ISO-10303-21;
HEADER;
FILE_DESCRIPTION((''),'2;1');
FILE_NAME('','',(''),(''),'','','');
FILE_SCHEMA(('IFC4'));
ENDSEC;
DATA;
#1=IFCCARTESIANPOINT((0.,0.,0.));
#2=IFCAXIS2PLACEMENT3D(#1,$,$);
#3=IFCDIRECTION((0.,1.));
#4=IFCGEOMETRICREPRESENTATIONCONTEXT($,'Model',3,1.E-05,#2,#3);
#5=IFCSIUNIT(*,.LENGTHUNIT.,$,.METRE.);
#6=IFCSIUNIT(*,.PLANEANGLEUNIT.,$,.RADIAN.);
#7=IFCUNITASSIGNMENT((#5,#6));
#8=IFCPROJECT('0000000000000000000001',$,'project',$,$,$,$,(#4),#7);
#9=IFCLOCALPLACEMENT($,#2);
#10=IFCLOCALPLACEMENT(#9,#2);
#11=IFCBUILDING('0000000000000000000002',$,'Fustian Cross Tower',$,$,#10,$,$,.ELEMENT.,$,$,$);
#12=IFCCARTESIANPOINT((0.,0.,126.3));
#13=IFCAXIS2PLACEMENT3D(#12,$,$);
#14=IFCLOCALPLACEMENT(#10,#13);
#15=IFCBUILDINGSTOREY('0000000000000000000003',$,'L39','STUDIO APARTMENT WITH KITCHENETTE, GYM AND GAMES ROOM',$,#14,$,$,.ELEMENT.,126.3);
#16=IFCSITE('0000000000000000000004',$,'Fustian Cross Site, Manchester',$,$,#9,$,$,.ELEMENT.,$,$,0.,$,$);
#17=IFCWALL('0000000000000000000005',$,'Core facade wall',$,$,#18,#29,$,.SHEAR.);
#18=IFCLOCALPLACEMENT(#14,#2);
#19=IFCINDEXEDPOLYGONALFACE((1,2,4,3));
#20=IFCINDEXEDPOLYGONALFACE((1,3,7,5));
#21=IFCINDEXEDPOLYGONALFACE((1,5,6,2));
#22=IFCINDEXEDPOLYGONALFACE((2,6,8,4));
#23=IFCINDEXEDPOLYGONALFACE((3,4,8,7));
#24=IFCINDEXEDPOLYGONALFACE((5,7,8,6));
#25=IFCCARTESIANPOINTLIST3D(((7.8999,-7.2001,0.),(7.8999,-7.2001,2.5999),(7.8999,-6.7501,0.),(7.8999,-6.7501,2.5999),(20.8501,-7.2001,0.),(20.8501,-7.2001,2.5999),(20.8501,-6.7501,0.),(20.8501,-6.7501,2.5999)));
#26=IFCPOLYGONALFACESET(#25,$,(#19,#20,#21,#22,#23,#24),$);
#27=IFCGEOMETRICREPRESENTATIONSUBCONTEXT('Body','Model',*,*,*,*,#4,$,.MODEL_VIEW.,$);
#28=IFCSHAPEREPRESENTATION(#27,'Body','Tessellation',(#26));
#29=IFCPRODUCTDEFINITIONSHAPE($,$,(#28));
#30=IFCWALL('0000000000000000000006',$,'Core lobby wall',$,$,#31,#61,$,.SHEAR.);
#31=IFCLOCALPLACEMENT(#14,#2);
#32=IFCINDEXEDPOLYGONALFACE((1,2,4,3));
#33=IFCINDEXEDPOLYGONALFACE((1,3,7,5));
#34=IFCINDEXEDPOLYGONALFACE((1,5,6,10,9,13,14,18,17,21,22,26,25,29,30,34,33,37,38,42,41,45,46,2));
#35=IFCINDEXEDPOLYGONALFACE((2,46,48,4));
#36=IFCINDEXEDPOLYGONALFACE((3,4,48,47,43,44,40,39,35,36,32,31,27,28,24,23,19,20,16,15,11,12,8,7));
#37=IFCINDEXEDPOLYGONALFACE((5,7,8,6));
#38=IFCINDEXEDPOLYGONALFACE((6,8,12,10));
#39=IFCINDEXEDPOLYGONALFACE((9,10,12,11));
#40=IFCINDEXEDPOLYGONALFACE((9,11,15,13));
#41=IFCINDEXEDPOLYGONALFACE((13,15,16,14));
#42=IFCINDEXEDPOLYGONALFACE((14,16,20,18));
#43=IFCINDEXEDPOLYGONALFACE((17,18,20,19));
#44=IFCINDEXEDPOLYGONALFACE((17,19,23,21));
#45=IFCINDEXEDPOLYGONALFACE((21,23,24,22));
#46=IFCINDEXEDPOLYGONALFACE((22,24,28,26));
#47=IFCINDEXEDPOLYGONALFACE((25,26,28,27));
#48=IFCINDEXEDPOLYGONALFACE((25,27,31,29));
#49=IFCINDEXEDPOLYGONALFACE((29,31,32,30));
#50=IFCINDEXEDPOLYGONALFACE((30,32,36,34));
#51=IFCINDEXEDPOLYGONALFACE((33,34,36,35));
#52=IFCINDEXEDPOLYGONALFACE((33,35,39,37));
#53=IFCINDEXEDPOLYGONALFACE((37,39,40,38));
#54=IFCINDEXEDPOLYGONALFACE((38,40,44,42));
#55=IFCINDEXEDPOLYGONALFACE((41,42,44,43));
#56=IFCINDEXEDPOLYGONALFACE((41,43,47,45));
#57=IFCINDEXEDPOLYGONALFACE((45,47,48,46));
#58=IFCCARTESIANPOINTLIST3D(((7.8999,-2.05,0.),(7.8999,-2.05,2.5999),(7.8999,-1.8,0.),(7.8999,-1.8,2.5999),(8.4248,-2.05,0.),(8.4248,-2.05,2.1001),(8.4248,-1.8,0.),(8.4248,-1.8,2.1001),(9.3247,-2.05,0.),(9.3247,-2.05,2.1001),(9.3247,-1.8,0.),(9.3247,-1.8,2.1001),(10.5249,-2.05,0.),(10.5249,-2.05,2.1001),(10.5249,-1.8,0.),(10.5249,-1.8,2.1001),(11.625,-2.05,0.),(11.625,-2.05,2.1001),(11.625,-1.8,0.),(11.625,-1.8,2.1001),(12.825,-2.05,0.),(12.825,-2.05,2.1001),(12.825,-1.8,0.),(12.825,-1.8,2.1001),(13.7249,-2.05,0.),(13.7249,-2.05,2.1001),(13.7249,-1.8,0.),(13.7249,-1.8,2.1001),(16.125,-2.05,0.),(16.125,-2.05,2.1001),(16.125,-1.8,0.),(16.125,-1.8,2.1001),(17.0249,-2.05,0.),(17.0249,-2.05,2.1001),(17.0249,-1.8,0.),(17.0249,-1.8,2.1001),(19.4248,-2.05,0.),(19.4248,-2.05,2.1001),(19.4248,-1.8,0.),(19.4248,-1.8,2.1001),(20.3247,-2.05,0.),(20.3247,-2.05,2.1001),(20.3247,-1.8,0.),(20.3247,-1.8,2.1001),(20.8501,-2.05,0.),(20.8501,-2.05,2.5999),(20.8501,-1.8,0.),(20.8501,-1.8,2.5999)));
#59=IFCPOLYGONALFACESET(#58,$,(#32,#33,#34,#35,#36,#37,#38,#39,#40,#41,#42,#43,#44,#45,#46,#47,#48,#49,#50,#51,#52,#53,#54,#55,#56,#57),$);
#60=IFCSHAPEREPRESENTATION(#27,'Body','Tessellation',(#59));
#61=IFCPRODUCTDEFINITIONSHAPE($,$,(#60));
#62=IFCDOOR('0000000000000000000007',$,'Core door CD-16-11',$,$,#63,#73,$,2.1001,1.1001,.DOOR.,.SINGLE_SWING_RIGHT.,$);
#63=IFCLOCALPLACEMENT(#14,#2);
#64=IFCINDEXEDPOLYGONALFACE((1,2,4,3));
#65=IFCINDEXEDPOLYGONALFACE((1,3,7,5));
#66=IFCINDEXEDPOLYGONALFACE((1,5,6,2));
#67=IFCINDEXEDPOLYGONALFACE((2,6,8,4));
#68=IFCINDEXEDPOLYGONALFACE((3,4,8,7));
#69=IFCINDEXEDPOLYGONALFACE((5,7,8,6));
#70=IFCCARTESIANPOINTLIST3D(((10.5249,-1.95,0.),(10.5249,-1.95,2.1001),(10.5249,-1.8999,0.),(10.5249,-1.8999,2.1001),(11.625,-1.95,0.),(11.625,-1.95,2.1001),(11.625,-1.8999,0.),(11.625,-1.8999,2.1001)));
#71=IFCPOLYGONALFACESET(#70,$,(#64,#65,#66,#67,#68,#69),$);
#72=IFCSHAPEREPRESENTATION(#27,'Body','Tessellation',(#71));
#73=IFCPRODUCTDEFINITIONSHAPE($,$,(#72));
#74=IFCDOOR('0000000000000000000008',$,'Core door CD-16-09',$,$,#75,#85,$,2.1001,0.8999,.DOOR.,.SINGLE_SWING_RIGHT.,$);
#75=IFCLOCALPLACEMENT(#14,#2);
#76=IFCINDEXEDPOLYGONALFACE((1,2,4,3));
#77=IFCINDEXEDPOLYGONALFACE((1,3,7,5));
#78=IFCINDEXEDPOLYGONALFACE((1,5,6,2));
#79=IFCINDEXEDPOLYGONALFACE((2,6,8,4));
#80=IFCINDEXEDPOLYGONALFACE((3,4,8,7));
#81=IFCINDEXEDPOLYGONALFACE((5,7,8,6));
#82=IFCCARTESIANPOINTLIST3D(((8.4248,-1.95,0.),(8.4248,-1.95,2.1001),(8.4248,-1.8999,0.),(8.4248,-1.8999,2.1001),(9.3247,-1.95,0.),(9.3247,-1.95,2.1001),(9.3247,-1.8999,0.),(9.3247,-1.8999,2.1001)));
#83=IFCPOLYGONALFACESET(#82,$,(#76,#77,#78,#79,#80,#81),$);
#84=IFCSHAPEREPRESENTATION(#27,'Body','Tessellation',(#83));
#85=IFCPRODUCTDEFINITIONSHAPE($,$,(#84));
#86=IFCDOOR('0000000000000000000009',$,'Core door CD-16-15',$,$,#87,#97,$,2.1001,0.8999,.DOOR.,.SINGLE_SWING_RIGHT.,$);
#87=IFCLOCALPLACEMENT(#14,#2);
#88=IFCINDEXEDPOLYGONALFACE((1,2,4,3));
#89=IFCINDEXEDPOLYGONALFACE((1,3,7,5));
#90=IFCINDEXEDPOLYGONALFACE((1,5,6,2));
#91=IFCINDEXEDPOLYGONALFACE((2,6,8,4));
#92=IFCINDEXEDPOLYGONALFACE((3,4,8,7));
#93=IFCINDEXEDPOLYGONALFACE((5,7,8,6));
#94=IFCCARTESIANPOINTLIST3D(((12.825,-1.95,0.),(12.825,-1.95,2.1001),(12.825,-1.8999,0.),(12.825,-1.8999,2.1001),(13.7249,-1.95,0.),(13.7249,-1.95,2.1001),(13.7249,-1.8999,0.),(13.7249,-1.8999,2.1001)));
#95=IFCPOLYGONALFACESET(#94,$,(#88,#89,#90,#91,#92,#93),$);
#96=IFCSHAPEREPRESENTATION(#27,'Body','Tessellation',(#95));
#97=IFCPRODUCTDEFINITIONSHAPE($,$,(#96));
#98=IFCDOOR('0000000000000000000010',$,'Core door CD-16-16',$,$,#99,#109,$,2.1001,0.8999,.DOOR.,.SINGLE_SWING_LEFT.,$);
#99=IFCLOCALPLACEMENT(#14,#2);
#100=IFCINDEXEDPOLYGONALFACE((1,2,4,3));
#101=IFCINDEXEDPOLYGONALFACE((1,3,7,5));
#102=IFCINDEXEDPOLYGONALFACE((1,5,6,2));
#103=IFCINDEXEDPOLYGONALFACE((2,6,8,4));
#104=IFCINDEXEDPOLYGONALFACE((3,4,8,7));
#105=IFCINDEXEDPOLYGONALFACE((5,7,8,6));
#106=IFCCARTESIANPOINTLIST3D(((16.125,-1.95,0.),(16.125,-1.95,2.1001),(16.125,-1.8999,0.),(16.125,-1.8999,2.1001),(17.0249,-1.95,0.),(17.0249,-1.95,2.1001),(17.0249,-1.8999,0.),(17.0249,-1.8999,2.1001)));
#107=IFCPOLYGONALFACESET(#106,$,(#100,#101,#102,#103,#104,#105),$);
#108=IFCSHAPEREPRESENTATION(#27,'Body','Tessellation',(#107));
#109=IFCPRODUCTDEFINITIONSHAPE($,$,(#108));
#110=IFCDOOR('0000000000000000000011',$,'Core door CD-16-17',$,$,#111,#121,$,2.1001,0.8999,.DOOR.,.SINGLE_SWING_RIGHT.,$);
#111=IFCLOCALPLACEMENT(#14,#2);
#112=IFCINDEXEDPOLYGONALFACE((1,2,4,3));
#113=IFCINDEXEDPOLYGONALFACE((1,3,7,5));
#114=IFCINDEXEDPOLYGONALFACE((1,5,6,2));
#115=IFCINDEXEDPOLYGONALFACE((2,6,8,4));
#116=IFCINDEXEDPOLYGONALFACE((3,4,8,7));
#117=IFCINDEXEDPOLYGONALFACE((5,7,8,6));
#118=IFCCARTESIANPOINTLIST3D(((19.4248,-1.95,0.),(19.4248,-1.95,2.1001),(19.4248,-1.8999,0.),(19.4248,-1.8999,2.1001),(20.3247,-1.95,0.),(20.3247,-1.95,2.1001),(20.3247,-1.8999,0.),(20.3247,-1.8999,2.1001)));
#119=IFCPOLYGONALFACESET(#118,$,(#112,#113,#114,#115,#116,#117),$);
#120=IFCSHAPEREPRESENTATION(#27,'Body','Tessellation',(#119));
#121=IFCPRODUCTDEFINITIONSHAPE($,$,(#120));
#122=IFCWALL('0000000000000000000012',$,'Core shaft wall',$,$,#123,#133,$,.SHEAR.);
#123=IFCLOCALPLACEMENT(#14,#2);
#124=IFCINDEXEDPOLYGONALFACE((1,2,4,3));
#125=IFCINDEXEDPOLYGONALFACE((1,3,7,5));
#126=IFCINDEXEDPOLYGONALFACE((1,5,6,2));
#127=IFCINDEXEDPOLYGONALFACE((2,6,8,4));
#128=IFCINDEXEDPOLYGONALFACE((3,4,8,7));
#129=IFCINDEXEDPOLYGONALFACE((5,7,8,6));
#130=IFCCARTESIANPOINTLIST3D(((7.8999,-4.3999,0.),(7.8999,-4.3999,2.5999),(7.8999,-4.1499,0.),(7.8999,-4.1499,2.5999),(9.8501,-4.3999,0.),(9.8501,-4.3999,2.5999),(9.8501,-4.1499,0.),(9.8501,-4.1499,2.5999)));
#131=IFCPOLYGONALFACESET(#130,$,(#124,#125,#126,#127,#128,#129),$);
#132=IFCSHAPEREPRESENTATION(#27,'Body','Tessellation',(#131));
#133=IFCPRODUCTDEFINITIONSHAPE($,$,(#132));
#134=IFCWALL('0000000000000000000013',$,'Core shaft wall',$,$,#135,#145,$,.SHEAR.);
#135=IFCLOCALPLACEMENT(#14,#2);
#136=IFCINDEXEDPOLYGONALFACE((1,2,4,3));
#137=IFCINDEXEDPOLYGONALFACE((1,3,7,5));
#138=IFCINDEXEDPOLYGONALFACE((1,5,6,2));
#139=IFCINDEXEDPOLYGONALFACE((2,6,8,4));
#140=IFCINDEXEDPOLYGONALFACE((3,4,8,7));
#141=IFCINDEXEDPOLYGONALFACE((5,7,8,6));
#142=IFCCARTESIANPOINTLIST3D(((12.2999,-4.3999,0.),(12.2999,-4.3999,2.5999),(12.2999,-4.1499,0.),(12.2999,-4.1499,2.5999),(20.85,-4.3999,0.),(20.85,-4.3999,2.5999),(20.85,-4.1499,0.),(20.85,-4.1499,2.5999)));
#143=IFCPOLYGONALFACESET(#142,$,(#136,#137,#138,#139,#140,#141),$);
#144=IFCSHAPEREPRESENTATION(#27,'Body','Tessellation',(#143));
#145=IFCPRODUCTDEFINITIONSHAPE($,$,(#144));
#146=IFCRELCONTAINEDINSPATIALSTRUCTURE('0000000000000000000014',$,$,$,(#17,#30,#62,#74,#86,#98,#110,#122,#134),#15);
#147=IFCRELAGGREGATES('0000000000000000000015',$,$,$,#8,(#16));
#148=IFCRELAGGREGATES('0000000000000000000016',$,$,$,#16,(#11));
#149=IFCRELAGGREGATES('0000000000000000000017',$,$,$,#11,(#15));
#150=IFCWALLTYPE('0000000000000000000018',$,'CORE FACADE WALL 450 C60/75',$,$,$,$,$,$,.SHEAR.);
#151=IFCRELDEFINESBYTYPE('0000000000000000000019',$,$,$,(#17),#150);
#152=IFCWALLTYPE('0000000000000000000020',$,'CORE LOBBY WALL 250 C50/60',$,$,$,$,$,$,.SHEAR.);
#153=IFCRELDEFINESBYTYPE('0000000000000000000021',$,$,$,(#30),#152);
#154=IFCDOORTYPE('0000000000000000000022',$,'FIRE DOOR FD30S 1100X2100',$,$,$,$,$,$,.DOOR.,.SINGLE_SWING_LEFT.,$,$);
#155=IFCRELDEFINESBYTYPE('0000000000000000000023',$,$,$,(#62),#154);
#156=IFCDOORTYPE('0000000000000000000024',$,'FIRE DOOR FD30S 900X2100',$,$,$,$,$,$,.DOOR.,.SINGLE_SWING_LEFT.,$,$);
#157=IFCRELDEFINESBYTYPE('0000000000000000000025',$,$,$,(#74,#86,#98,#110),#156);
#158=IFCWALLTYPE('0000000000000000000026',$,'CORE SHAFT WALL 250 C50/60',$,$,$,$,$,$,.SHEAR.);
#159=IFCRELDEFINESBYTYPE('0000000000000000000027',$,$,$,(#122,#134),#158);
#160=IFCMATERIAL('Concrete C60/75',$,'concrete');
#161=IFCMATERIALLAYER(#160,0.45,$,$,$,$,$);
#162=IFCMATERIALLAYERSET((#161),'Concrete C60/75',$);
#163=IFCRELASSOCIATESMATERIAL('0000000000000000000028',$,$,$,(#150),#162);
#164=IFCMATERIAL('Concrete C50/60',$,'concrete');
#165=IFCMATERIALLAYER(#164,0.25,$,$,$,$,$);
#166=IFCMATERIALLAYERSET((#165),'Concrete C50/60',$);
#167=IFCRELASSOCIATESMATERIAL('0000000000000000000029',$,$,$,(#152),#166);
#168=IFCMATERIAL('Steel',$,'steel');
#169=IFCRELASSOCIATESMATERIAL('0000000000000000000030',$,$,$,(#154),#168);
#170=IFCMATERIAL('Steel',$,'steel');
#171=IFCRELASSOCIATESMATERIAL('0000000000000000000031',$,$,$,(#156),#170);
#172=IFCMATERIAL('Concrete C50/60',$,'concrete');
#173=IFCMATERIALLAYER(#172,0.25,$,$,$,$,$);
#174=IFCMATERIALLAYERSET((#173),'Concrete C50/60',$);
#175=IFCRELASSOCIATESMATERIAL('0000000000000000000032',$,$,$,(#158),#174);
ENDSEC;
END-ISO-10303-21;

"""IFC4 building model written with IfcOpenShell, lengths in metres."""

from ifc_helpers import new_model, si_unit, direction, frame, frame_2d, origin, place, context, subcontext, project, spatial, rectangle, extrude, material, layer, layer_set, type_object, element, fill, save


model = new_model("IFC4")

# Units and contexts
model_context = context("Model", 3, precision=1e-05, world=origin(), true_north=direction((0.0, 1.0)))
body_context = subcontext(model_context, "Body", "Model", "MODEL_VIEW")
ifc_project = project(units=[si_unit("LENGTHUNIT", "METRE"), si_unit("PLANEANGLEUNIT", "RADIAN")], contexts=[model_context])

# Site, building, storey
site_placement = place(None, origin())
site = spatial("IfcSite", under=ifc_project, at=site_placement, Name="Fustian Cross Site, Manchester", CompositionType="ELEMENT", RefElevation=0.0)
building_placement = place(site_placement, origin())
building = spatial("IfcBuilding", under=site, at=building_placement, Name="Fustian Cross Tower", CompositionType="ELEMENT")
storey_placement = place(building_placement, frame((0.0, 0.0, 126.3)))
storey = spatial("IfcBuildingStorey", under=building, at=storey_placement, Name="L39", Description="STUDIO APARTMENT WITH KITCHENETTE, GYM AND GAMES ROOM", CompositionType="ELEMENT", Elevation=126.3)

# Wall
ifc_material_1 = material(Name="Concrete C60/75", Category="concrete")
ifc_layer_1 = layer(ifc_material_1, 0.45)
ifc_layer_set_1 = layer_set([ifc_layer_1], Name="Concrete C60/75")
wall_type_1 = type_object("IfcWallType", Name="CORE FACADE WALL 450 C60/75", PredefinedType="SHEAR", material=ifc_layer_set_1)
wall_1_placement = place(storey_placement, frame((7.8999, -6.9751, 0.0), z_axis=(0.0, 0.0, 1.0), x_axis=(1.0, 0.0, 0.0)))
element("IfcWall", 1, at=wall_1_placement, inside=storey, type_object=wall_type_1, Name="Core facade wall", PredefinedType="SHEAR", context=body_context, shape_type="SweptSolid", body=[
    extrude(rectangle(XDim=12.9502, YDim=0.45, at=frame_2d((6.4751, 0.0))), origin(), (0.0, 0.0, 1.0), 2.5999),
])

# Wall, openings, doors
ifc_material_2 = material(Name="Concrete C50/60", Category="concrete")
ifc_layer_2 = layer(ifc_material_2, 0.25)
ifc_layer_set_2 = layer_set([ifc_layer_2], Name="Concrete C50/60")
wall_type_2 = type_object("IfcWallType", Name="CORE LOBBY WALL 250 C50/60", PredefinedType="SHEAR", material=ifc_layer_set_2)
wall_2_placement = place(storey_placement, frame((7.8999, -1.925, 0.0), z_axis=(0.0, 0.0, 1.0), x_axis=(1.0, 0.0, 0.0)))
wall_2 = element("IfcWall", 2, at=wall_2_placement, inside=storey, type_object=wall_type_2, Name="Core lobby wall", PredefinedType="SHEAR", context=body_context, shape_type="SweptSolid", body=[
    extrude(rectangle(XDim=12.9502, YDim=0.25, at=frame_2d((6.4751, 0.0))), origin(), (0.0, 0.0, 1.0), 2.5999),
])
opening_1_placement = place(wall_2_placement, frame((0.5249, 0.0, 0.0)))
opening_1 = element("IfcOpeningElement", 3, at=opening_1_placement, cuts=wall_2, PredefinedType="OPENING", context=body_context, shape_type="SweptSolid", body=[
    extrude(rectangle(XDim=0.8999, YDim=2.1001, at=frame_2d((0.45, 1.05))), frame((0.0, 0.135, 0.0), z_axis=(0.0, -1.0, 0.0), x_axis=(1.0, 0.0, 0.0)), (0.0, 0.0, 1.0), 0.27),
])
opening_2_placement = place(wall_2_placement, frame((2.625, 0.0, 0.0)))
opening_2 = element("IfcOpeningElement", 4, at=opening_2_placement, cuts=wall_2, PredefinedType="OPENING", context=body_context, shape_type="SweptSolid", body=[
    extrude(rectangle(XDim=1.1001, YDim=2.1001, at=frame_2d((0.55, 1.05))), frame((0.0, 0.135, 0.0), z_axis=(0.0, -1.0, 0.0), x_axis=(1.0, 0.0, 0.0)), (0.0, 0.0, 1.0), 0.27),
])
opening_3_placement = place(wall_2_placement, frame((4.925, 0.0, 0.0)))
opening_3 = element("IfcOpeningElement", 5, at=opening_3_placement, cuts=wall_2, PredefinedType="OPENING", context=body_context, shape_type="SweptSolid", body=[
    extrude(rectangle(XDim=0.8999, YDim=2.1001, at=frame_2d((0.45, 1.05))), frame((0.0, 0.135, 0.0), z_axis=(0.0, -1.0, 0.0), x_axis=(1.0, 0.0, 0.0)), (0.0, 0.0, 1.0), 0.27),
])
opening_4_placement = place(wall_2_placement, frame((8.2251, 0.0, 0.0)))
opening_4 = element("IfcOpeningElement", 6, at=opening_4_placement, cuts=wall_2, PredefinedType="OPENING", context=body_context, shape_type="SweptSolid", body=[
    extrude(rectangle(XDim=0.8999, YDim=2.1001, at=frame_2d((0.45, 1.05))), frame((0.0, 0.135, 0.0), z_axis=(0.0, -1.0, 0.0), x_axis=(1.0, 0.0, 0.0)), (0.0, 0.0, 1.0), 0.27),
])
opening_5_placement = place(wall_2_placement, frame((11.5249, 0.0, 0.0)))
opening_5 = element("IfcOpeningElement", 7, at=opening_5_placement, cuts=wall_2, PredefinedType="OPENING", context=body_context, shape_type="SweptSolid", body=[
    extrude(rectangle(XDim=0.8999, YDim=2.1001, at=frame_2d((0.45, 1.05))), frame((0.0, 0.135, 0.0), z_axis=(0.0, -1.0, 0.0), x_axis=(1.0, 0.0, 0.0)), (0.0, 0.0, 1.0), 0.27),
])
ifc_material_3 = material(Name="Steel", Category="steel")
door_type_1 = type_object("IfcDoorType", Name="FIRE DOOR FD30S 1100X2100", OperationType="SINGLE_SWING_LEFT", PredefinedType="DOOR", material=ifc_material_3)
door_1_placement = place(opening_2_placement, frame((1.1001, 0.0, 0.0), z_axis=(0.0, 0.0, 1.0), x_axis=(-1.0, 0.0, 0.0)))
door_1 = element("IfcDoor", 8, at=door_1_placement, inside=storey, type_object=door_type_1, Name="Core door CD-16-11", OperationType="SINGLE_SWING_RIGHT", OverallHeight=2.1001, OverallWidth=1.1001, PredefinedType="DOOR", context=body_context, shape_type="SweptSolid", body=[
    extrude(rectangle(XDim=1.1001, YDim=2.1001, at=frame_2d((0.55, 1.05))), frame((0.0, 0.0249, 0.0), z_axis=(0.0, -1.0, 0.0), x_axis=(1.0, 0.0, 0.0)), (0.0, 0.0, 1.0), 0.05),
])
fill(opening_2, door_1)
ifc_material_4 = material(Name="Steel", Category="steel")
door_type_2 = type_object("IfcDoorType", Name="FIRE DOOR FD30S 900X2100", OperationType="SINGLE_SWING_LEFT", PredefinedType="DOOR", material=ifc_material_4)
door_2_placement = place(opening_1_placement, frame((0.8999, 0.0, 0.0), z_axis=(0.0, 0.0, 1.0), x_axis=(-1.0, 0.0, 0.0)))
door_2 = element("IfcDoor", 9, at=door_2_placement, inside=storey, type_object=door_type_2, Name="Core door CD-16-09", OperationType="SINGLE_SWING_RIGHT", OverallHeight=2.1001, OverallWidth=0.8999, PredefinedType="DOOR", context=body_context, shape_type="SweptSolid", body=[
    extrude(rectangle(XDim=0.8999, YDim=2.1001, at=frame_2d((0.45, 1.05))), frame((0.0, 0.0249, 0.0), z_axis=(0.0, -1.0, 0.0), x_axis=(1.0, 0.0, 0.0)), (0.0, 0.0, 1.0), 0.05),
])
fill(opening_1, door_2)
door_3_placement = place(opening_3_placement, frame((0.8999, 0.0, 0.0), z_axis=(0.0, 0.0, 1.0), x_axis=(-1.0, 0.0, 0.0)))
door_3 = element("IfcDoor", 10, at=door_3_placement, inside=storey, type_object=door_type_2, Name="Core door CD-16-15", OperationType="SINGLE_SWING_RIGHT", OverallHeight=2.1001, OverallWidth=0.8999, PredefinedType="DOOR", context=body_context, shape_type="SweptSolid", body=[
    extrude(rectangle(XDim=0.8999, YDim=2.1001, at=frame_2d((0.45, 1.05))), frame((0.0, 0.0249, 0.0), z_axis=(0.0, -1.0, 0.0), x_axis=(1.0, 0.0, 0.0)), (0.0, 0.0, 1.0), 0.05),
])
fill(opening_3, door_3)
door_4_placement = place(opening_4_placement, frame((0.8999, 0.0, 0.0), z_axis=(0.0, 0.0, 1.0), x_axis=(-1.0, 0.0, 0.0)))
door_4 = element("IfcDoor", 11, at=door_4_placement, inside=storey, type_object=door_type_2, Name="Core door CD-16-16", OperationType="SINGLE_SWING_LEFT", OverallHeight=2.1001, OverallWidth=0.8999, PredefinedType="DOOR", context=body_context, shape_type="SweptSolid", body=[
    extrude(rectangle(XDim=0.8999, YDim=2.1001, at=frame_2d((0.45, 1.05))), frame((0.0, 0.0249, 0.0), z_axis=(0.0, -1.0, 0.0), x_axis=(1.0, 0.0, 0.0)), (0.0, 0.0, 1.0), 0.05),
])
fill(opening_4, door_4)
door_5_placement = place(opening_5_placement, frame((0.8999, 0.0, 0.0), z_axis=(0.0, 0.0, 1.0), x_axis=(-1.0, 0.0, 0.0)))
door_5 = element("IfcDoor", 12, at=door_5_placement, inside=storey, type_object=door_type_2, Name="Core door CD-16-17", OperationType="SINGLE_SWING_RIGHT", OverallHeight=2.1001, OverallWidth=0.8999, PredefinedType="DOOR", context=body_context, shape_type="SweptSolid", body=[
    extrude(rectangle(XDim=0.8999, YDim=2.1001, at=frame_2d((0.45, 1.05))), frame((0.0, 0.0249, 0.0), z_axis=(0.0, -1.0, 0.0), x_axis=(1.0, 0.0, 0.0)), (0.0, 0.0, 1.0), 0.05),
])
fill(opening_5, door_5)

# Walls
ifc_material_5 = material(Name="Concrete C50/60", Category="concrete")
ifc_layer_3 = layer(ifc_material_5, 0.25)
ifc_layer_set_3 = layer_set([ifc_layer_3], Name="Concrete C50/60")
wall_type_3 = type_object("IfcWallType", Name="CORE SHAFT WALL 250 C50/60", PredefinedType="SHEAR", material=ifc_layer_set_3)
wall_3_placement = place(storey_placement, frame((7.8999, -4.2749, 0.0), z_axis=(0.0, 0.0, 1.0), x_axis=(1.0, 0.0, 0.0)))
element("IfcWall", 13, at=wall_3_placement, inside=storey, type_object=wall_type_3, Name="Core shaft wall", PredefinedType="SHEAR", context=body_context, shape_type="SweptSolid", body=[
    extrude(rectangle(XDim=1.9502, YDim=0.25, at=frame_2d((0.9751, 0.0))), origin(), (0.0, 0.0, 1.0), 2.5999),
])
wall_4_placement = place(storey_placement, frame((12.3, -4.2749, 0.0), z_axis=(0.0, 0.0, 1.0), x_axis=(1.0, 0.0, 0.0)))
element("IfcWall", 14, at=wall_4_placement, inside=storey, type_object=wall_type_3, Name="Core shaft wall", PredefinedType="SHEAR", context=body_context, shape_type="SweptSolid", body=[
    extrude(rectangle(XDim=8.55, YDim=0.25, at=frame_2d((4.2749, 0.0))), origin(), (0.0, 0.0, 1.0), 2.5999),
])

save(model, "model.ifc")
